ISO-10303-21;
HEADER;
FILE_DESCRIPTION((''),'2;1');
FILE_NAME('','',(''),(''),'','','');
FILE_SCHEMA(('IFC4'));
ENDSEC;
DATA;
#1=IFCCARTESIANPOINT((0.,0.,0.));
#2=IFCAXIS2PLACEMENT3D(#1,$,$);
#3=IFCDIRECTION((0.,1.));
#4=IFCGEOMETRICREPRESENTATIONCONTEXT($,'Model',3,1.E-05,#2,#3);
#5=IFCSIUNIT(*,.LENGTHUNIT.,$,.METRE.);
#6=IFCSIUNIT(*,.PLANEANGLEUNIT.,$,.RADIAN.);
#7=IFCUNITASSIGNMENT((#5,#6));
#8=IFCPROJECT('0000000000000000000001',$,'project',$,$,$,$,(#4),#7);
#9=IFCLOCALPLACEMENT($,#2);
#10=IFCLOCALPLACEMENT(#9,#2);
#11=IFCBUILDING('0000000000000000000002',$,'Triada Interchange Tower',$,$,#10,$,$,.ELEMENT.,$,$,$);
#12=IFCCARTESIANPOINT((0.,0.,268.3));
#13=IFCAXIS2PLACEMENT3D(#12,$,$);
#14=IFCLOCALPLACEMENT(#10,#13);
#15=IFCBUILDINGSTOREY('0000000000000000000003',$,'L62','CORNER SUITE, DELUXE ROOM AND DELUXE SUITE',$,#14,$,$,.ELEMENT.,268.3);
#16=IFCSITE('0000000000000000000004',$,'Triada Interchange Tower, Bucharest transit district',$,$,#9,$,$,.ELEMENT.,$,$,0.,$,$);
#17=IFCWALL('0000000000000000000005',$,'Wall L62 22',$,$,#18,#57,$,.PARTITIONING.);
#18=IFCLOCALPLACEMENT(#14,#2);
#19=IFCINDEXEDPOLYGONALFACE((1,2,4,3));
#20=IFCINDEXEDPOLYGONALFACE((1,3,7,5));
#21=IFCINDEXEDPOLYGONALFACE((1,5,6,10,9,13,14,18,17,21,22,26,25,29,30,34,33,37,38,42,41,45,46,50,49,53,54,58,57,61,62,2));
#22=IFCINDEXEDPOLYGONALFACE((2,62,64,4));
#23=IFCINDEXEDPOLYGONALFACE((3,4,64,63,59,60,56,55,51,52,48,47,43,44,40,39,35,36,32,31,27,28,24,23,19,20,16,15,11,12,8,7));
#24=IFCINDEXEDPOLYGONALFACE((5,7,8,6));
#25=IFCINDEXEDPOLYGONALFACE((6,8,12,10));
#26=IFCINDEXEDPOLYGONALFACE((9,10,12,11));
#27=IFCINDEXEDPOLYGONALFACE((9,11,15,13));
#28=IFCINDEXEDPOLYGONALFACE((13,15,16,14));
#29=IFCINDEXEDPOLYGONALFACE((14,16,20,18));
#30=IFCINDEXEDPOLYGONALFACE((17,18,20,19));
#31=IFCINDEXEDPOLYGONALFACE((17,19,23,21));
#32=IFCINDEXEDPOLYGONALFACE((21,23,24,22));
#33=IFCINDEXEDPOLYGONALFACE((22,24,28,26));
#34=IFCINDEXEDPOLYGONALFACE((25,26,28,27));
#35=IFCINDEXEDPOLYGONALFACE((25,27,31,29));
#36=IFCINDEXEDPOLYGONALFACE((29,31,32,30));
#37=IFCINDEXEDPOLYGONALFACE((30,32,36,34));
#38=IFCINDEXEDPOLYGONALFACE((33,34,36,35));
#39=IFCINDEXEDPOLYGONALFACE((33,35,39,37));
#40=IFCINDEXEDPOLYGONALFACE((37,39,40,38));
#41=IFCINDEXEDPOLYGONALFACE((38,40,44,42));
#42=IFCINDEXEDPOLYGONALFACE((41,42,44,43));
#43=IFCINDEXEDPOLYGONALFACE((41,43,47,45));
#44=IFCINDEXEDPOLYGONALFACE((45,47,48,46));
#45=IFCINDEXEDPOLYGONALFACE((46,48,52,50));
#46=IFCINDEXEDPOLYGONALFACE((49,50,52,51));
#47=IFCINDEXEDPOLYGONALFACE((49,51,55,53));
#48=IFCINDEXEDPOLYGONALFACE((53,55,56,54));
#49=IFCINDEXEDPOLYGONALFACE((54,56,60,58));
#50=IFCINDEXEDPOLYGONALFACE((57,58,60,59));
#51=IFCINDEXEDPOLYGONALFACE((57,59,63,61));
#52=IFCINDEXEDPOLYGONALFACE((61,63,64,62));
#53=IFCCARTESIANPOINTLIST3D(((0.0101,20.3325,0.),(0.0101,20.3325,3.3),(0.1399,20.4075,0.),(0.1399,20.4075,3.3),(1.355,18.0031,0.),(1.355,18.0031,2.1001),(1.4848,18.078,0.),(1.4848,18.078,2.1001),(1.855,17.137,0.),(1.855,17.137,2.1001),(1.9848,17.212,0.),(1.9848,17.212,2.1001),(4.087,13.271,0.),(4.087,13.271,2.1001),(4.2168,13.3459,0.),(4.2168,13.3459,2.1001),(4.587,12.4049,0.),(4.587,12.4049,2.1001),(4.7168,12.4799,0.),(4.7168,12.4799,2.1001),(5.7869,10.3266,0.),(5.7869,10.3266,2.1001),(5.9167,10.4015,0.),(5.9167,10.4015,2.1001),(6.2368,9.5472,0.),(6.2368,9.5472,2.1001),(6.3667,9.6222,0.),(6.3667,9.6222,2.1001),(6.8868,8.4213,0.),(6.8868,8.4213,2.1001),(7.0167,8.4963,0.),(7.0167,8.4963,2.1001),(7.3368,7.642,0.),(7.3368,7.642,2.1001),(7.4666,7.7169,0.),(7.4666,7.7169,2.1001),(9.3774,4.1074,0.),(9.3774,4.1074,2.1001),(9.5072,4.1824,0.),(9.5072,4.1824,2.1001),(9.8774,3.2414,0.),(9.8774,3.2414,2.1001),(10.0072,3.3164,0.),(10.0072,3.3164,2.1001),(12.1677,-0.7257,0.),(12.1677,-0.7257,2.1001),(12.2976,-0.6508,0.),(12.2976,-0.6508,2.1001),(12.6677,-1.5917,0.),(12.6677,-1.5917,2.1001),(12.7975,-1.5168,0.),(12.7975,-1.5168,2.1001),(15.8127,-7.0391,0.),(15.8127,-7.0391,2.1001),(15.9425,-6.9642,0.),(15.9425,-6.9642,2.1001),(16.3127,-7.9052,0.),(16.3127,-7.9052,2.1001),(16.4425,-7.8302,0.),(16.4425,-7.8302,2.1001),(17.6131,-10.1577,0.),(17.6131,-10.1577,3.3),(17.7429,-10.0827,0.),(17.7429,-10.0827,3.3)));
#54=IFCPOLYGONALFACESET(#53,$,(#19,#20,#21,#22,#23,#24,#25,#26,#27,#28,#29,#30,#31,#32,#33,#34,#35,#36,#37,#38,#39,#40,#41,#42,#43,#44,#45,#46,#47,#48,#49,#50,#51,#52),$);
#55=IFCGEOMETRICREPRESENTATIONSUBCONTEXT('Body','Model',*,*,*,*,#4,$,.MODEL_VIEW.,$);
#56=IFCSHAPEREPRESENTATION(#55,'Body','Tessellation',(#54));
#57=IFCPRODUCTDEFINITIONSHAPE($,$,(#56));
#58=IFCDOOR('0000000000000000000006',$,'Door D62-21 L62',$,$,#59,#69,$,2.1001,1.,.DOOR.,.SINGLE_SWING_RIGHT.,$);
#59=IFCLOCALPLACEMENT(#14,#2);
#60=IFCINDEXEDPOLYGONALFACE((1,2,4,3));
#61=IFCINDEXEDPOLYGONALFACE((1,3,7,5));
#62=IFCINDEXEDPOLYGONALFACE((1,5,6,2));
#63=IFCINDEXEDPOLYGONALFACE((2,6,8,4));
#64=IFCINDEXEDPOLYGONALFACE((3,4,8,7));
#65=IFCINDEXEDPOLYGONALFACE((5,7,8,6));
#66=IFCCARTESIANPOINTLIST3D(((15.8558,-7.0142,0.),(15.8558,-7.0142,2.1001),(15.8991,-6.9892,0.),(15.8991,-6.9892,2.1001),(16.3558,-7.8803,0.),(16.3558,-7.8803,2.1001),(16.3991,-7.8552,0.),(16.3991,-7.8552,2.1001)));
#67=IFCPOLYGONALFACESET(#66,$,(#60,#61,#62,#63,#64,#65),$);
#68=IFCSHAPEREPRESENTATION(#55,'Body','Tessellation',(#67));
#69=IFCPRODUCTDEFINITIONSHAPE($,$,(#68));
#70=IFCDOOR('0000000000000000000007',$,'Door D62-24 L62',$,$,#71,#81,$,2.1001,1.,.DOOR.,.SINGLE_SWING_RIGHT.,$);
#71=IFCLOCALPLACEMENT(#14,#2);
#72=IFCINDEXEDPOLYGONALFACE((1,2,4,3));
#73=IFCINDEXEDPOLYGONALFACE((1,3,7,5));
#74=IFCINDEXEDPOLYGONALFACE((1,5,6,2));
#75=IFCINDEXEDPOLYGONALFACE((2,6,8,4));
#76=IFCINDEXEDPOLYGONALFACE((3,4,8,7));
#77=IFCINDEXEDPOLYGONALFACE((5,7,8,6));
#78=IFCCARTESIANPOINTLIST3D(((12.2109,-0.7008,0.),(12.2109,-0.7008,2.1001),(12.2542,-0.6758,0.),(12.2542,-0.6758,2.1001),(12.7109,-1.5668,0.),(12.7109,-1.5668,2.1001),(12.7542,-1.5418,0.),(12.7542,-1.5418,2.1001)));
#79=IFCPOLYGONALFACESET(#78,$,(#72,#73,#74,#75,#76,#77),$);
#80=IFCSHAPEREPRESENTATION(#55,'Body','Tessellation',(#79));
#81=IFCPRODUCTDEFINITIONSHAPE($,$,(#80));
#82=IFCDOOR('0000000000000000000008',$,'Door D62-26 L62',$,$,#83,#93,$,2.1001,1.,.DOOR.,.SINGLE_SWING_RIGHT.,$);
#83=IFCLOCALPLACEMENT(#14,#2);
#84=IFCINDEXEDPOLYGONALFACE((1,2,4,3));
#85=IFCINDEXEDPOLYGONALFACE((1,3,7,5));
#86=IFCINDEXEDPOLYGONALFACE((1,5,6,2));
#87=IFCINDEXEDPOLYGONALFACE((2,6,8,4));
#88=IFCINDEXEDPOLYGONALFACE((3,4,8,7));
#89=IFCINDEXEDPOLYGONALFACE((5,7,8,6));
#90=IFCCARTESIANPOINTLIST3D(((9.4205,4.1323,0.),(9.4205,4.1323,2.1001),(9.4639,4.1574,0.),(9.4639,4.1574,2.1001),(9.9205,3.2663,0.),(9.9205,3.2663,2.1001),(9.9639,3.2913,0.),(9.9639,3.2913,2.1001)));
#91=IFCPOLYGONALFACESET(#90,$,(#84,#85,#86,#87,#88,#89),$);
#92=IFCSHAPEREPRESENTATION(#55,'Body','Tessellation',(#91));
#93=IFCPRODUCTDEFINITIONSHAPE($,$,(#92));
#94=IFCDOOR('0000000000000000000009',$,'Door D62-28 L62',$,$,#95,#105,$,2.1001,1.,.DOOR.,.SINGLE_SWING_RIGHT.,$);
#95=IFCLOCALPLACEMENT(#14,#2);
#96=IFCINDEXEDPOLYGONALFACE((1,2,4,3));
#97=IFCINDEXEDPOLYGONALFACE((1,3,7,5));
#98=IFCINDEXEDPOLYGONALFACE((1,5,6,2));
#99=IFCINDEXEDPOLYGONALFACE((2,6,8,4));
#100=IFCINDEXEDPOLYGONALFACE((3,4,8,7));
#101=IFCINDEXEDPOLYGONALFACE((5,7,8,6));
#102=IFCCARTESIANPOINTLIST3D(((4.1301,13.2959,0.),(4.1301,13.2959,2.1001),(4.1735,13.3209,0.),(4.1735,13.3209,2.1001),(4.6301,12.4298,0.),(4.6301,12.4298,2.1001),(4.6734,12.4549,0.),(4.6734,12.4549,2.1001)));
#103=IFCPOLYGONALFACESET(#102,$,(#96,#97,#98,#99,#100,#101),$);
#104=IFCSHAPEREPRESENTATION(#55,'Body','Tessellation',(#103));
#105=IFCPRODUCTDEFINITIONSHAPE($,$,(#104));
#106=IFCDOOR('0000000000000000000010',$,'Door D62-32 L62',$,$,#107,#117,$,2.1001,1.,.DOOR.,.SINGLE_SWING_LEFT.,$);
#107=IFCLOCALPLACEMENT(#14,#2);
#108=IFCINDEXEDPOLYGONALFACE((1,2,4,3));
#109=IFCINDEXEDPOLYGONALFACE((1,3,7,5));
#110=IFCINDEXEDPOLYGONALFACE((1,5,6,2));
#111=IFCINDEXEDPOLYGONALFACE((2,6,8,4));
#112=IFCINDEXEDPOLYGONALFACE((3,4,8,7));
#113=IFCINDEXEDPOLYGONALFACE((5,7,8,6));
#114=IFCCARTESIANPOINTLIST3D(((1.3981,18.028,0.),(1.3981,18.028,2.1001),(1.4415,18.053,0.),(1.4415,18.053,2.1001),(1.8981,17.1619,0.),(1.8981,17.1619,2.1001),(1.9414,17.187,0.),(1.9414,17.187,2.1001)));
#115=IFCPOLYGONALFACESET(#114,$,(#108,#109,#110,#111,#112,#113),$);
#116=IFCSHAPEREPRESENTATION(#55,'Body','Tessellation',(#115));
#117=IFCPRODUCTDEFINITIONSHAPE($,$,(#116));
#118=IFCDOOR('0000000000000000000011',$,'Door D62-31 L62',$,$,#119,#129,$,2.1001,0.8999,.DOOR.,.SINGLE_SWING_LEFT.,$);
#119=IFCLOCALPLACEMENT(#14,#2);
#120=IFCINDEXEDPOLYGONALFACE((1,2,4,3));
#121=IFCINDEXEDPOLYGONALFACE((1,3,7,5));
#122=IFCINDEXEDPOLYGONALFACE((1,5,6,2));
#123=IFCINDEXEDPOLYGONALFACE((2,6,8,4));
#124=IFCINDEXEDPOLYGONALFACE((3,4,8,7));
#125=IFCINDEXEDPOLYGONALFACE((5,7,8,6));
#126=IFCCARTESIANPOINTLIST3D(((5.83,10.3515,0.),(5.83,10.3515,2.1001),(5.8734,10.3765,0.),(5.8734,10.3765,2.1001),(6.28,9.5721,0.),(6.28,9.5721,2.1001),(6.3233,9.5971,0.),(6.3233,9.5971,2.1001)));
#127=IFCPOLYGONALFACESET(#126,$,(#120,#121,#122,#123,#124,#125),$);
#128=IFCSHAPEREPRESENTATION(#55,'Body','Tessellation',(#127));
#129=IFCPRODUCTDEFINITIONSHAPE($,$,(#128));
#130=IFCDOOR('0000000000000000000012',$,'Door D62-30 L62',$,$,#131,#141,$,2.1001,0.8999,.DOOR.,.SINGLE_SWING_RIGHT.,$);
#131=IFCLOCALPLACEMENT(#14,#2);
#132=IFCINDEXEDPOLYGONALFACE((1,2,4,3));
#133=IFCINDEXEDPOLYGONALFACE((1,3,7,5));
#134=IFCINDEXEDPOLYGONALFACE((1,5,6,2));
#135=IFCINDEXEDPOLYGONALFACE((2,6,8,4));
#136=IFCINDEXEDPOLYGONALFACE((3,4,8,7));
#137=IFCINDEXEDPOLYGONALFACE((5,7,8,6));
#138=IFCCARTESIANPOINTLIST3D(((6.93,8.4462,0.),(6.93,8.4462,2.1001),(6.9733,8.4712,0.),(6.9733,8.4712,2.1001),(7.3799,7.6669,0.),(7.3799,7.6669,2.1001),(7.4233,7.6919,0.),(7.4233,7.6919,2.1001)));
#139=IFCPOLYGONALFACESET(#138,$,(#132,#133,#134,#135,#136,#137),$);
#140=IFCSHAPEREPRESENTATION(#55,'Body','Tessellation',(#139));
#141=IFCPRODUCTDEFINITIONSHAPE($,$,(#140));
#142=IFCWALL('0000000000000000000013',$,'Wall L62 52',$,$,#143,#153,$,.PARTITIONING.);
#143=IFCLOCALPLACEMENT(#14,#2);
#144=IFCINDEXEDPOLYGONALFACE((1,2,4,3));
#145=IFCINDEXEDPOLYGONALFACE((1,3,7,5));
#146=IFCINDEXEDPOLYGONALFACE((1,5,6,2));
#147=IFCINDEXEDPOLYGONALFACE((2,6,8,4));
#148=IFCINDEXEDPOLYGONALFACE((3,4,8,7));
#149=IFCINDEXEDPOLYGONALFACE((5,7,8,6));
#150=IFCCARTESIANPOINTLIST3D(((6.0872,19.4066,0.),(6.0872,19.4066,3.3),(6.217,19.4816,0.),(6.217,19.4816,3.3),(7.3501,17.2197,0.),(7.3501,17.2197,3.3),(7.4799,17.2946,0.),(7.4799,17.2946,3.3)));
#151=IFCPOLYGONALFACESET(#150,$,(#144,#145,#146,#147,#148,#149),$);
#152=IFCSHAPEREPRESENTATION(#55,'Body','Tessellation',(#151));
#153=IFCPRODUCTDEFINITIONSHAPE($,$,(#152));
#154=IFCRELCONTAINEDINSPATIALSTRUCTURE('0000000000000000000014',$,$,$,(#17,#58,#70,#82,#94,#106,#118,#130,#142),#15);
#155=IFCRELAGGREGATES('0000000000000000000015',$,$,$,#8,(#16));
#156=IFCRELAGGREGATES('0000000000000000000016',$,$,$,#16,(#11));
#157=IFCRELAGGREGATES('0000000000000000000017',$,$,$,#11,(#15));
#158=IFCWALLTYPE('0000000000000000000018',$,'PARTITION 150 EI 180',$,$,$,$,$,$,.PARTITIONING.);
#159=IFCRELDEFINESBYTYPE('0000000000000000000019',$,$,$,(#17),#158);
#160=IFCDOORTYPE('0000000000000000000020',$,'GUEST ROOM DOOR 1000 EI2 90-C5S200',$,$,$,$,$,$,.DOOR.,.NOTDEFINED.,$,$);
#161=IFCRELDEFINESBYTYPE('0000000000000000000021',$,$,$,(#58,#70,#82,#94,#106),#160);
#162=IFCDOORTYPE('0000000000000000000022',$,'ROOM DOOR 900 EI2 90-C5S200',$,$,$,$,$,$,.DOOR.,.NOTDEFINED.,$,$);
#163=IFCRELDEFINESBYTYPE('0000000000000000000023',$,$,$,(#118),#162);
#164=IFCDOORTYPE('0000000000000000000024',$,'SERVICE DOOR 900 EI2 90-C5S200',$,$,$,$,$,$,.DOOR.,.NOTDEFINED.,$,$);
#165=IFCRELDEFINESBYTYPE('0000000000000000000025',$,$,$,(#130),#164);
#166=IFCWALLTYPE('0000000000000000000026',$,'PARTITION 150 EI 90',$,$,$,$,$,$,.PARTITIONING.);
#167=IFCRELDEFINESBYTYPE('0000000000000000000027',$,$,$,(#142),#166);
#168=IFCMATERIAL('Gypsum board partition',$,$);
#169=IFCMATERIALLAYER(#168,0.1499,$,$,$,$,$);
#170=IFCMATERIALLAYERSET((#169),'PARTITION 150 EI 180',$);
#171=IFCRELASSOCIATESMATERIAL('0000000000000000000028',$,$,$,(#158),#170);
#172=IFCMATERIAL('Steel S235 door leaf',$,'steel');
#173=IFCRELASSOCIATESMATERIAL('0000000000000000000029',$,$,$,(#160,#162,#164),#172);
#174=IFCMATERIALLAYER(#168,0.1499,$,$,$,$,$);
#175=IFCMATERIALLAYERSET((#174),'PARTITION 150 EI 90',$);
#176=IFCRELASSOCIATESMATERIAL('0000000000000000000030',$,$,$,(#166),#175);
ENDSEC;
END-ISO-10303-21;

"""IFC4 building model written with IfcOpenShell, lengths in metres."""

from ifc_helpers import new_model, si_unit, direction, frame, frame_2d, origin, place, context, subcontext, project, spatial, rectangle, extrude, material, layer, layer_set, type_object, element, fill, save


model = new_model("IFC4")

# Units and contexts
model_context = context("Model", 3, precision=1e-05, world=origin(), true_north=direction((0.0, 1.0)))
body_context = subcontext(model_context, "Body", "Model", "MODEL_VIEW")
ifc_project = project(units=[si_unit("LENGTHUNIT", "METRE"), si_unit("PLANEANGLEUNIT", "RADIAN")], contexts=[model_context])

# Site, building, storey
site_placement = place(None, origin())
site = spatial("IfcSite", under=ifc_project, at=site_placement, Name="Triada Interchange Tower, Bucharest transit district", CompositionType="ELEMENT", RefElevation=0.0)
building_placement = place(site_placement, origin())
building = spatial("IfcBuilding", under=site, at=building_placement, Name="Triada Interchange Tower", CompositionType="ELEMENT")
storey_placement = place(building_placement, frame((0.0, 0.0, 268.3)))
storey = spatial("IfcBuildingStorey", under=building, at=storey_placement, Name="L62", Description="CORNER SUITE, DELUXE ROOM AND DELUXE SUITE", CompositionType="ELEMENT", Elevation=268.3)

# Shared definitions
ifc_material_1 = material(Name="Gypsum board partition")
ifc_layer_1 = layer(ifc_material_1, 0.1499)
ifc_layer_set_1 = layer_set([ifc_layer_1], Name="PARTITION 150 EI 180")
wall_type_1 = type_object("IfcWallType", Name="PARTITION 150 EI 180", PredefinedType="PARTITIONING", material=ifc_layer_set_1)

# Wall, openings, doors
wall_1_placement = place(storey_placement, frame((0.075, 20.3701, 0.0), z_axis=(0.0, 0.0, 1.0), x_axis=(0.499989, -0.866032, 0.0)))
wall_1 = element("IfcWall", 1, at=wall_1_placement, inside=storey, type_object=wall_type_1, Name="Wall L62 22", PredefinedType="PARTITIONING", context=body_context, shape_type="SweptSolid", body=[
    extrude(rectangle(XDim=35.2068, YDim=0.1499, at=frame_2d((17.6035, 0.0))), origin(), (0.0, 0.0, 1.0), 3.3),
])
opening_1_placement = place(wall_1_placement, frame((31.606, 0.0, 0.0)))
opening_1 = element("IfcOpeningElement", 2, at=opening_1_placement, cuts=wall_1, PredefinedType="OPENING", context=body_context, shape_type="SweptSolid", body=[
    extrude(rectangle(XDim=1.0, YDim=2.1001, at=frame_2d((0.5, 1.05))), frame((0.0, 0.085, 0.0), z_axis=(0.0, -1.0, 0.0), x_axis=(1.0, 0.0, 0.0)), (0.0, 0.0, 1.0), 0.1699),
])
opening_2_placement = place(wall_1_placement, frame((24.3159, 0.0, 0.0)))
opening_2 = element("IfcOpeningElement", 3, at=opening_2_placement, cuts=wall_1, PredefinedType="OPENING", context=body_context, shape_type="SweptSolid", body=[
    extrude(rectangle(XDim=1.0, YDim=2.1001, at=frame_2d((0.5, 1.05))), frame((0.0, 0.085, 0.0), z_axis=(0.0, -1.0, 0.0), x_axis=(1.0, 0.0, 0.0)), (0.0, 0.0, 1.0), 0.1699),
])
opening_3_placement = place(wall_1_placement, frame((18.7351, 0.0, 0.0)))
opening_3 = element("IfcOpeningElement", 4, at=opening_3_placement, cuts=wall_1, PredefinedType="OPENING", context=body_context, shape_type="SweptSolid", body=[
    extrude(rectangle(XDim=1.0, YDim=2.1001, at=frame_2d((0.5, 1.05))), frame((0.0, 0.085, 0.0), z_axis=(0.0, -1.0, 0.0), x_axis=(1.0, 0.0, 0.0)), (0.0, 0.0, 1.0), 0.1699),
])
opening_4_placement = place(wall_1_placement, frame((8.1541, 0.0, 0.0)))
opening_4 = element("IfcOpeningElement", 5, at=opening_4_placement, cuts=wall_1, PredefinedType="OPENING", context=body_context, shape_type="SweptSolid", body=[
    extrude(rectangle(XDim=1.0, YDim=2.1001, at=frame_2d((0.5, 1.05))), frame((0.0, 0.085, 0.0), z_axis=(0.0, -1.0, 0.0), x_axis=(1.0, 0.0, 0.0)), (0.0, 0.0, 1.0), 0.1699),
])
opening_5_placement = place(wall_1_placement, frame((13.7539, 0.0, 0.0)))
opening_5 = element("IfcOpeningElement", 6, at=opening_5_placement, cuts=wall_1, PredefinedType="OPENING", context=body_context, shape_type="SweptSolid", body=[
    extrude(rectangle(XDim=0.8999, YDim=2.1001, at=frame_2d((0.45, 1.05))), frame((0.0, 0.085, 0.0), z_axis=(0.0, -1.0, 0.0), x_axis=(1.0, 0.0, 0.0)), (0.0, 0.0, 1.0), 0.1699),
])
opening_6_placement = place(wall_1_placement, frame((11.554, 0.0, 0.0)))
opening_6 = element("IfcOpeningElement", 7, at=opening_6_placement, cuts=wall_1, PredefinedType="OPENING", context=body_context, shape_type="SweptSolid", body=[
    extrude(rectangle(XDim=0.8999, YDim=2.1001, at=frame_2d((0.45, 1.05))), frame((0.0, 0.085, 0.0), z_axis=(0.0, -1.0, 0.0), x_axis=(1.0, 0.0, 0.0)), (0.0, 0.0, 1.0), 0.1699),
])
opening_7_placement = place(wall_1_placement, frame((2.6899, 0.0, 0.0)))
opening_7 = element("IfcOpeningElement", 8, at=opening_7_placement, cuts=wall_1, PredefinedType="OPENING", context=body_context, shape_type="SweptSolid", body=[
    extrude(rectangle(XDim=1.0, YDim=2.1001, at=frame_2d((0.5, 1.05))), frame((0.0, 0.085, 0.0), z_axis=(0.0, -1.0, 0.0), x_axis=(1.0, 0.0, 0.0)), (0.0, 0.0, 1.0), 0.1699),
])
ifc_material_2 = material(Name="Steel S235 door leaf", Category="steel")
door_type_1 = type_object("IfcDoorType", Name="GUEST ROOM DOOR 1000 EI2 90-C5S200", OperationType="NOTDEFINED", PredefinedType="DOOR", material=ifc_material_2)
door_1_placement = place(opening_1_placement, origin())
door_1 = element("IfcDoor", 9, at=door_1_placement, inside=storey, type_object=door_type_1, Name="Door D62-21 L62", OperationType="SINGLE_SWING_RIGHT", OverallHeight=2.1001, OverallWidth=1.0, PredefinedType="DOOR", context=body_context, shape_type="SweptSolid", body=[
    extrude(rectangle(XDim=1.0, YDim=2.1001, at=frame_2d((0.5, 1.05))), frame((0.0, 0.0249, 0.0), z_axis=(0.0, -1.0, 0.0), x_axis=(1.0, 0.0, 0.0)), (0.0, 0.0, 1.0), 0.05),
])
fill(opening_1, door_1)
door_2_placement = place(opening_2_placement, origin())
door_2 = element("IfcDoor", 10, at=door_2_placement, inside=storey, type_object=door_type_1, Name="Door D62-24 L62", OperationType="SINGLE_SWING_RIGHT", OverallHeight=2.1001, OverallWidth=1.0, PredefinedType="DOOR", context=body_context, shape_type="SweptSolid", body=[
    extrude(rectangle(XDim=1.0, YDim=2.1001, at=frame_2d((0.5, 1.05))), frame((0.0, 0.0249, 0.0), z_axis=(0.0, -1.0, 0.0), x_axis=(1.0, 0.0, 0.0)), (0.0, 0.0, 1.0), 0.05),
])
fill(opening_2, door_2)
door_3_placement = place(opening_3_placement, origin())
door_3 = element("IfcDoor", 11, at=door_3_placement, inside=storey, type_object=door_type_1, Name="Door D62-26 L62", OperationType="SINGLE_SWING_RIGHT", OverallHeight=2.1001, OverallWidth=1.0, PredefinedType="DOOR", context=body_context, shape_type="SweptSolid", body=[
    extrude(rectangle(XDim=1.0, YDim=2.1001, at=frame_2d((0.5, 1.05))), frame((0.0, 0.0249, 0.0), z_axis=(0.0, -1.0, 0.0), x_axis=(1.0, 0.0, 0.0)), (0.0, 0.0, 1.0), 0.05),
])
fill(opening_3, door_3)
door_4_placement = place(opening_4_placement, origin())
door_4 = element("IfcDoor", 12, at=door_4_placement, inside=storey, type_object=door_type_1, Name="Door D62-28 L62", OperationType="SINGLE_SWING_RIGHT", OverallHeight=2.1001, OverallWidth=1.0, PredefinedType="DOOR", context=body_context, shape_type="SweptSolid", body=[
    extrude(rectangle(XDim=1.0, YDim=2.1001, at=frame_2d((0.5, 1.05))), frame((0.0, 0.0249, 0.0), z_axis=(0.0, -1.0, 0.0), x_axis=(1.0, 0.0, 0.0)), (0.0, 0.0, 1.0), 0.05),
])
fill(opening_4, door_4)
door_5_placement = place(opening_7_placement, origin())
door_5 = element("IfcDoor", 13, at=door_5_placement, inside=storey, type_object=door_type_1, Name="Door D62-32 L62", OperationType="SINGLE_SWING_LEFT", OverallHeight=2.1001, OverallWidth=1.0, PredefinedType="DOOR", context=body_context, shape_type="SweptSolid", body=[
    extrude(rectangle(XDim=1.0, YDim=2.1001, at=frame_2d((0.5, 1.05))), frame((0.0, 0.0249, 0.0), z_axis=(0.0, -1.0, 0.0), x_axis=(1.0, 0.0, 0.0)), (0.0, 0.0, 1.0), 0.05),
])
fill(opening_7, door_5)
door_type_2 = type_object("IfcDoorType", Name="ROOM DOOR 900 EI2 90-C5S200", OperationType="NOTDEFINED", PredefinedType="DOOR", material=ifc_material_2)
door_6_placement = place(opening_6_placement, origin())
door_6 = element("IfcDoor", 14, at=door_6_placement, inside=storey, type_object=door_type_2, Name="Door D62-31 L62", OperationType="SINGLE_SWING_LEFT", OverallHeight=2.1001, OverallWidth=0.8999, PredefinedType="DOOR", context=body_context, shape_type="SweptSolid", body=[
    extrude(rectangle(XDim=0.8999, YDim=2.1001, at=frame_2d((0.45, 1.05))), frame((0.0, 0.0249, 0.0), z_axis=(0.0, -1.0, 0.0), x_axis=(1.0, 0.0, 0.0)), (0.0, 0.0, 1.0), 0.05),
])
fill(opening_6, door_6)
door_type_3 = type_object("IfcDoorType", Name="SERVICE DOOR 900 EI2 90-C5S200", OperationType="NOTDEFINED", PredefinedType="DOOR", material=ifc_material_2)
door_7_placement = place(opening_5_placement, origin())
door_7 = element("IfcDoor", 15, at=door_7_placement, inside=storey, type_object=door_type_3, Name="Door D62-30 L62", OperationType="SINGLE_SWING_RIGHT", OverallHeight=2.1001, OverallWidth=0.8999, PredefinedType="DOOR", context=body_context, shape_type="SweptSolid", body=[
    extrude(rectangle(XDim=0.8999, YDim=2.1001, at=frame_2d((0.45, 1.05))), frame((0.0, 0.0249, 0.0), z_axis=(0.0, -1.0, 0.0), x_axis=(1.0, 0.0, 0.0)), (0.0, 0.0, 1.0), 0.05),
])
fill(opening_5, door_7)

# Wall
ifc_layer_2 = layer(ifc_material_1, 0.1499)
ifc_layer_set_2 = layer_set([ifc_layer_2], Name="PARTITION 150 EI 90")
wall_type_2 = type_object("IfcWallType", Name="PARTITION 150 EI 90", PredefinedType="PARTITIONING", material=ifc_layer_set_2)
wall_2_placement = place(storey_placement, frame((6.1521, 19.4441, 0.0), z_axis=(0.0, 0.0, 1.0), x_axis=(0.500079, -0.86598, 0.0)))
element("IfcWall", 16, at=wall_2_placement, inside=storey, type_object=wall_type_2, Name="Wall L62 52", PredefinedType="PARTITIONING", context=body_context, shape_type="SweptSolid", body=[
    extrude(rectangle(XDim=2.5254, YDim=0.1499, at=frame_2d((1.2627, 0.0))), origin(), (0.0, 0.0, 1.0), 3.3),
])

save(model, "model.ifc")
